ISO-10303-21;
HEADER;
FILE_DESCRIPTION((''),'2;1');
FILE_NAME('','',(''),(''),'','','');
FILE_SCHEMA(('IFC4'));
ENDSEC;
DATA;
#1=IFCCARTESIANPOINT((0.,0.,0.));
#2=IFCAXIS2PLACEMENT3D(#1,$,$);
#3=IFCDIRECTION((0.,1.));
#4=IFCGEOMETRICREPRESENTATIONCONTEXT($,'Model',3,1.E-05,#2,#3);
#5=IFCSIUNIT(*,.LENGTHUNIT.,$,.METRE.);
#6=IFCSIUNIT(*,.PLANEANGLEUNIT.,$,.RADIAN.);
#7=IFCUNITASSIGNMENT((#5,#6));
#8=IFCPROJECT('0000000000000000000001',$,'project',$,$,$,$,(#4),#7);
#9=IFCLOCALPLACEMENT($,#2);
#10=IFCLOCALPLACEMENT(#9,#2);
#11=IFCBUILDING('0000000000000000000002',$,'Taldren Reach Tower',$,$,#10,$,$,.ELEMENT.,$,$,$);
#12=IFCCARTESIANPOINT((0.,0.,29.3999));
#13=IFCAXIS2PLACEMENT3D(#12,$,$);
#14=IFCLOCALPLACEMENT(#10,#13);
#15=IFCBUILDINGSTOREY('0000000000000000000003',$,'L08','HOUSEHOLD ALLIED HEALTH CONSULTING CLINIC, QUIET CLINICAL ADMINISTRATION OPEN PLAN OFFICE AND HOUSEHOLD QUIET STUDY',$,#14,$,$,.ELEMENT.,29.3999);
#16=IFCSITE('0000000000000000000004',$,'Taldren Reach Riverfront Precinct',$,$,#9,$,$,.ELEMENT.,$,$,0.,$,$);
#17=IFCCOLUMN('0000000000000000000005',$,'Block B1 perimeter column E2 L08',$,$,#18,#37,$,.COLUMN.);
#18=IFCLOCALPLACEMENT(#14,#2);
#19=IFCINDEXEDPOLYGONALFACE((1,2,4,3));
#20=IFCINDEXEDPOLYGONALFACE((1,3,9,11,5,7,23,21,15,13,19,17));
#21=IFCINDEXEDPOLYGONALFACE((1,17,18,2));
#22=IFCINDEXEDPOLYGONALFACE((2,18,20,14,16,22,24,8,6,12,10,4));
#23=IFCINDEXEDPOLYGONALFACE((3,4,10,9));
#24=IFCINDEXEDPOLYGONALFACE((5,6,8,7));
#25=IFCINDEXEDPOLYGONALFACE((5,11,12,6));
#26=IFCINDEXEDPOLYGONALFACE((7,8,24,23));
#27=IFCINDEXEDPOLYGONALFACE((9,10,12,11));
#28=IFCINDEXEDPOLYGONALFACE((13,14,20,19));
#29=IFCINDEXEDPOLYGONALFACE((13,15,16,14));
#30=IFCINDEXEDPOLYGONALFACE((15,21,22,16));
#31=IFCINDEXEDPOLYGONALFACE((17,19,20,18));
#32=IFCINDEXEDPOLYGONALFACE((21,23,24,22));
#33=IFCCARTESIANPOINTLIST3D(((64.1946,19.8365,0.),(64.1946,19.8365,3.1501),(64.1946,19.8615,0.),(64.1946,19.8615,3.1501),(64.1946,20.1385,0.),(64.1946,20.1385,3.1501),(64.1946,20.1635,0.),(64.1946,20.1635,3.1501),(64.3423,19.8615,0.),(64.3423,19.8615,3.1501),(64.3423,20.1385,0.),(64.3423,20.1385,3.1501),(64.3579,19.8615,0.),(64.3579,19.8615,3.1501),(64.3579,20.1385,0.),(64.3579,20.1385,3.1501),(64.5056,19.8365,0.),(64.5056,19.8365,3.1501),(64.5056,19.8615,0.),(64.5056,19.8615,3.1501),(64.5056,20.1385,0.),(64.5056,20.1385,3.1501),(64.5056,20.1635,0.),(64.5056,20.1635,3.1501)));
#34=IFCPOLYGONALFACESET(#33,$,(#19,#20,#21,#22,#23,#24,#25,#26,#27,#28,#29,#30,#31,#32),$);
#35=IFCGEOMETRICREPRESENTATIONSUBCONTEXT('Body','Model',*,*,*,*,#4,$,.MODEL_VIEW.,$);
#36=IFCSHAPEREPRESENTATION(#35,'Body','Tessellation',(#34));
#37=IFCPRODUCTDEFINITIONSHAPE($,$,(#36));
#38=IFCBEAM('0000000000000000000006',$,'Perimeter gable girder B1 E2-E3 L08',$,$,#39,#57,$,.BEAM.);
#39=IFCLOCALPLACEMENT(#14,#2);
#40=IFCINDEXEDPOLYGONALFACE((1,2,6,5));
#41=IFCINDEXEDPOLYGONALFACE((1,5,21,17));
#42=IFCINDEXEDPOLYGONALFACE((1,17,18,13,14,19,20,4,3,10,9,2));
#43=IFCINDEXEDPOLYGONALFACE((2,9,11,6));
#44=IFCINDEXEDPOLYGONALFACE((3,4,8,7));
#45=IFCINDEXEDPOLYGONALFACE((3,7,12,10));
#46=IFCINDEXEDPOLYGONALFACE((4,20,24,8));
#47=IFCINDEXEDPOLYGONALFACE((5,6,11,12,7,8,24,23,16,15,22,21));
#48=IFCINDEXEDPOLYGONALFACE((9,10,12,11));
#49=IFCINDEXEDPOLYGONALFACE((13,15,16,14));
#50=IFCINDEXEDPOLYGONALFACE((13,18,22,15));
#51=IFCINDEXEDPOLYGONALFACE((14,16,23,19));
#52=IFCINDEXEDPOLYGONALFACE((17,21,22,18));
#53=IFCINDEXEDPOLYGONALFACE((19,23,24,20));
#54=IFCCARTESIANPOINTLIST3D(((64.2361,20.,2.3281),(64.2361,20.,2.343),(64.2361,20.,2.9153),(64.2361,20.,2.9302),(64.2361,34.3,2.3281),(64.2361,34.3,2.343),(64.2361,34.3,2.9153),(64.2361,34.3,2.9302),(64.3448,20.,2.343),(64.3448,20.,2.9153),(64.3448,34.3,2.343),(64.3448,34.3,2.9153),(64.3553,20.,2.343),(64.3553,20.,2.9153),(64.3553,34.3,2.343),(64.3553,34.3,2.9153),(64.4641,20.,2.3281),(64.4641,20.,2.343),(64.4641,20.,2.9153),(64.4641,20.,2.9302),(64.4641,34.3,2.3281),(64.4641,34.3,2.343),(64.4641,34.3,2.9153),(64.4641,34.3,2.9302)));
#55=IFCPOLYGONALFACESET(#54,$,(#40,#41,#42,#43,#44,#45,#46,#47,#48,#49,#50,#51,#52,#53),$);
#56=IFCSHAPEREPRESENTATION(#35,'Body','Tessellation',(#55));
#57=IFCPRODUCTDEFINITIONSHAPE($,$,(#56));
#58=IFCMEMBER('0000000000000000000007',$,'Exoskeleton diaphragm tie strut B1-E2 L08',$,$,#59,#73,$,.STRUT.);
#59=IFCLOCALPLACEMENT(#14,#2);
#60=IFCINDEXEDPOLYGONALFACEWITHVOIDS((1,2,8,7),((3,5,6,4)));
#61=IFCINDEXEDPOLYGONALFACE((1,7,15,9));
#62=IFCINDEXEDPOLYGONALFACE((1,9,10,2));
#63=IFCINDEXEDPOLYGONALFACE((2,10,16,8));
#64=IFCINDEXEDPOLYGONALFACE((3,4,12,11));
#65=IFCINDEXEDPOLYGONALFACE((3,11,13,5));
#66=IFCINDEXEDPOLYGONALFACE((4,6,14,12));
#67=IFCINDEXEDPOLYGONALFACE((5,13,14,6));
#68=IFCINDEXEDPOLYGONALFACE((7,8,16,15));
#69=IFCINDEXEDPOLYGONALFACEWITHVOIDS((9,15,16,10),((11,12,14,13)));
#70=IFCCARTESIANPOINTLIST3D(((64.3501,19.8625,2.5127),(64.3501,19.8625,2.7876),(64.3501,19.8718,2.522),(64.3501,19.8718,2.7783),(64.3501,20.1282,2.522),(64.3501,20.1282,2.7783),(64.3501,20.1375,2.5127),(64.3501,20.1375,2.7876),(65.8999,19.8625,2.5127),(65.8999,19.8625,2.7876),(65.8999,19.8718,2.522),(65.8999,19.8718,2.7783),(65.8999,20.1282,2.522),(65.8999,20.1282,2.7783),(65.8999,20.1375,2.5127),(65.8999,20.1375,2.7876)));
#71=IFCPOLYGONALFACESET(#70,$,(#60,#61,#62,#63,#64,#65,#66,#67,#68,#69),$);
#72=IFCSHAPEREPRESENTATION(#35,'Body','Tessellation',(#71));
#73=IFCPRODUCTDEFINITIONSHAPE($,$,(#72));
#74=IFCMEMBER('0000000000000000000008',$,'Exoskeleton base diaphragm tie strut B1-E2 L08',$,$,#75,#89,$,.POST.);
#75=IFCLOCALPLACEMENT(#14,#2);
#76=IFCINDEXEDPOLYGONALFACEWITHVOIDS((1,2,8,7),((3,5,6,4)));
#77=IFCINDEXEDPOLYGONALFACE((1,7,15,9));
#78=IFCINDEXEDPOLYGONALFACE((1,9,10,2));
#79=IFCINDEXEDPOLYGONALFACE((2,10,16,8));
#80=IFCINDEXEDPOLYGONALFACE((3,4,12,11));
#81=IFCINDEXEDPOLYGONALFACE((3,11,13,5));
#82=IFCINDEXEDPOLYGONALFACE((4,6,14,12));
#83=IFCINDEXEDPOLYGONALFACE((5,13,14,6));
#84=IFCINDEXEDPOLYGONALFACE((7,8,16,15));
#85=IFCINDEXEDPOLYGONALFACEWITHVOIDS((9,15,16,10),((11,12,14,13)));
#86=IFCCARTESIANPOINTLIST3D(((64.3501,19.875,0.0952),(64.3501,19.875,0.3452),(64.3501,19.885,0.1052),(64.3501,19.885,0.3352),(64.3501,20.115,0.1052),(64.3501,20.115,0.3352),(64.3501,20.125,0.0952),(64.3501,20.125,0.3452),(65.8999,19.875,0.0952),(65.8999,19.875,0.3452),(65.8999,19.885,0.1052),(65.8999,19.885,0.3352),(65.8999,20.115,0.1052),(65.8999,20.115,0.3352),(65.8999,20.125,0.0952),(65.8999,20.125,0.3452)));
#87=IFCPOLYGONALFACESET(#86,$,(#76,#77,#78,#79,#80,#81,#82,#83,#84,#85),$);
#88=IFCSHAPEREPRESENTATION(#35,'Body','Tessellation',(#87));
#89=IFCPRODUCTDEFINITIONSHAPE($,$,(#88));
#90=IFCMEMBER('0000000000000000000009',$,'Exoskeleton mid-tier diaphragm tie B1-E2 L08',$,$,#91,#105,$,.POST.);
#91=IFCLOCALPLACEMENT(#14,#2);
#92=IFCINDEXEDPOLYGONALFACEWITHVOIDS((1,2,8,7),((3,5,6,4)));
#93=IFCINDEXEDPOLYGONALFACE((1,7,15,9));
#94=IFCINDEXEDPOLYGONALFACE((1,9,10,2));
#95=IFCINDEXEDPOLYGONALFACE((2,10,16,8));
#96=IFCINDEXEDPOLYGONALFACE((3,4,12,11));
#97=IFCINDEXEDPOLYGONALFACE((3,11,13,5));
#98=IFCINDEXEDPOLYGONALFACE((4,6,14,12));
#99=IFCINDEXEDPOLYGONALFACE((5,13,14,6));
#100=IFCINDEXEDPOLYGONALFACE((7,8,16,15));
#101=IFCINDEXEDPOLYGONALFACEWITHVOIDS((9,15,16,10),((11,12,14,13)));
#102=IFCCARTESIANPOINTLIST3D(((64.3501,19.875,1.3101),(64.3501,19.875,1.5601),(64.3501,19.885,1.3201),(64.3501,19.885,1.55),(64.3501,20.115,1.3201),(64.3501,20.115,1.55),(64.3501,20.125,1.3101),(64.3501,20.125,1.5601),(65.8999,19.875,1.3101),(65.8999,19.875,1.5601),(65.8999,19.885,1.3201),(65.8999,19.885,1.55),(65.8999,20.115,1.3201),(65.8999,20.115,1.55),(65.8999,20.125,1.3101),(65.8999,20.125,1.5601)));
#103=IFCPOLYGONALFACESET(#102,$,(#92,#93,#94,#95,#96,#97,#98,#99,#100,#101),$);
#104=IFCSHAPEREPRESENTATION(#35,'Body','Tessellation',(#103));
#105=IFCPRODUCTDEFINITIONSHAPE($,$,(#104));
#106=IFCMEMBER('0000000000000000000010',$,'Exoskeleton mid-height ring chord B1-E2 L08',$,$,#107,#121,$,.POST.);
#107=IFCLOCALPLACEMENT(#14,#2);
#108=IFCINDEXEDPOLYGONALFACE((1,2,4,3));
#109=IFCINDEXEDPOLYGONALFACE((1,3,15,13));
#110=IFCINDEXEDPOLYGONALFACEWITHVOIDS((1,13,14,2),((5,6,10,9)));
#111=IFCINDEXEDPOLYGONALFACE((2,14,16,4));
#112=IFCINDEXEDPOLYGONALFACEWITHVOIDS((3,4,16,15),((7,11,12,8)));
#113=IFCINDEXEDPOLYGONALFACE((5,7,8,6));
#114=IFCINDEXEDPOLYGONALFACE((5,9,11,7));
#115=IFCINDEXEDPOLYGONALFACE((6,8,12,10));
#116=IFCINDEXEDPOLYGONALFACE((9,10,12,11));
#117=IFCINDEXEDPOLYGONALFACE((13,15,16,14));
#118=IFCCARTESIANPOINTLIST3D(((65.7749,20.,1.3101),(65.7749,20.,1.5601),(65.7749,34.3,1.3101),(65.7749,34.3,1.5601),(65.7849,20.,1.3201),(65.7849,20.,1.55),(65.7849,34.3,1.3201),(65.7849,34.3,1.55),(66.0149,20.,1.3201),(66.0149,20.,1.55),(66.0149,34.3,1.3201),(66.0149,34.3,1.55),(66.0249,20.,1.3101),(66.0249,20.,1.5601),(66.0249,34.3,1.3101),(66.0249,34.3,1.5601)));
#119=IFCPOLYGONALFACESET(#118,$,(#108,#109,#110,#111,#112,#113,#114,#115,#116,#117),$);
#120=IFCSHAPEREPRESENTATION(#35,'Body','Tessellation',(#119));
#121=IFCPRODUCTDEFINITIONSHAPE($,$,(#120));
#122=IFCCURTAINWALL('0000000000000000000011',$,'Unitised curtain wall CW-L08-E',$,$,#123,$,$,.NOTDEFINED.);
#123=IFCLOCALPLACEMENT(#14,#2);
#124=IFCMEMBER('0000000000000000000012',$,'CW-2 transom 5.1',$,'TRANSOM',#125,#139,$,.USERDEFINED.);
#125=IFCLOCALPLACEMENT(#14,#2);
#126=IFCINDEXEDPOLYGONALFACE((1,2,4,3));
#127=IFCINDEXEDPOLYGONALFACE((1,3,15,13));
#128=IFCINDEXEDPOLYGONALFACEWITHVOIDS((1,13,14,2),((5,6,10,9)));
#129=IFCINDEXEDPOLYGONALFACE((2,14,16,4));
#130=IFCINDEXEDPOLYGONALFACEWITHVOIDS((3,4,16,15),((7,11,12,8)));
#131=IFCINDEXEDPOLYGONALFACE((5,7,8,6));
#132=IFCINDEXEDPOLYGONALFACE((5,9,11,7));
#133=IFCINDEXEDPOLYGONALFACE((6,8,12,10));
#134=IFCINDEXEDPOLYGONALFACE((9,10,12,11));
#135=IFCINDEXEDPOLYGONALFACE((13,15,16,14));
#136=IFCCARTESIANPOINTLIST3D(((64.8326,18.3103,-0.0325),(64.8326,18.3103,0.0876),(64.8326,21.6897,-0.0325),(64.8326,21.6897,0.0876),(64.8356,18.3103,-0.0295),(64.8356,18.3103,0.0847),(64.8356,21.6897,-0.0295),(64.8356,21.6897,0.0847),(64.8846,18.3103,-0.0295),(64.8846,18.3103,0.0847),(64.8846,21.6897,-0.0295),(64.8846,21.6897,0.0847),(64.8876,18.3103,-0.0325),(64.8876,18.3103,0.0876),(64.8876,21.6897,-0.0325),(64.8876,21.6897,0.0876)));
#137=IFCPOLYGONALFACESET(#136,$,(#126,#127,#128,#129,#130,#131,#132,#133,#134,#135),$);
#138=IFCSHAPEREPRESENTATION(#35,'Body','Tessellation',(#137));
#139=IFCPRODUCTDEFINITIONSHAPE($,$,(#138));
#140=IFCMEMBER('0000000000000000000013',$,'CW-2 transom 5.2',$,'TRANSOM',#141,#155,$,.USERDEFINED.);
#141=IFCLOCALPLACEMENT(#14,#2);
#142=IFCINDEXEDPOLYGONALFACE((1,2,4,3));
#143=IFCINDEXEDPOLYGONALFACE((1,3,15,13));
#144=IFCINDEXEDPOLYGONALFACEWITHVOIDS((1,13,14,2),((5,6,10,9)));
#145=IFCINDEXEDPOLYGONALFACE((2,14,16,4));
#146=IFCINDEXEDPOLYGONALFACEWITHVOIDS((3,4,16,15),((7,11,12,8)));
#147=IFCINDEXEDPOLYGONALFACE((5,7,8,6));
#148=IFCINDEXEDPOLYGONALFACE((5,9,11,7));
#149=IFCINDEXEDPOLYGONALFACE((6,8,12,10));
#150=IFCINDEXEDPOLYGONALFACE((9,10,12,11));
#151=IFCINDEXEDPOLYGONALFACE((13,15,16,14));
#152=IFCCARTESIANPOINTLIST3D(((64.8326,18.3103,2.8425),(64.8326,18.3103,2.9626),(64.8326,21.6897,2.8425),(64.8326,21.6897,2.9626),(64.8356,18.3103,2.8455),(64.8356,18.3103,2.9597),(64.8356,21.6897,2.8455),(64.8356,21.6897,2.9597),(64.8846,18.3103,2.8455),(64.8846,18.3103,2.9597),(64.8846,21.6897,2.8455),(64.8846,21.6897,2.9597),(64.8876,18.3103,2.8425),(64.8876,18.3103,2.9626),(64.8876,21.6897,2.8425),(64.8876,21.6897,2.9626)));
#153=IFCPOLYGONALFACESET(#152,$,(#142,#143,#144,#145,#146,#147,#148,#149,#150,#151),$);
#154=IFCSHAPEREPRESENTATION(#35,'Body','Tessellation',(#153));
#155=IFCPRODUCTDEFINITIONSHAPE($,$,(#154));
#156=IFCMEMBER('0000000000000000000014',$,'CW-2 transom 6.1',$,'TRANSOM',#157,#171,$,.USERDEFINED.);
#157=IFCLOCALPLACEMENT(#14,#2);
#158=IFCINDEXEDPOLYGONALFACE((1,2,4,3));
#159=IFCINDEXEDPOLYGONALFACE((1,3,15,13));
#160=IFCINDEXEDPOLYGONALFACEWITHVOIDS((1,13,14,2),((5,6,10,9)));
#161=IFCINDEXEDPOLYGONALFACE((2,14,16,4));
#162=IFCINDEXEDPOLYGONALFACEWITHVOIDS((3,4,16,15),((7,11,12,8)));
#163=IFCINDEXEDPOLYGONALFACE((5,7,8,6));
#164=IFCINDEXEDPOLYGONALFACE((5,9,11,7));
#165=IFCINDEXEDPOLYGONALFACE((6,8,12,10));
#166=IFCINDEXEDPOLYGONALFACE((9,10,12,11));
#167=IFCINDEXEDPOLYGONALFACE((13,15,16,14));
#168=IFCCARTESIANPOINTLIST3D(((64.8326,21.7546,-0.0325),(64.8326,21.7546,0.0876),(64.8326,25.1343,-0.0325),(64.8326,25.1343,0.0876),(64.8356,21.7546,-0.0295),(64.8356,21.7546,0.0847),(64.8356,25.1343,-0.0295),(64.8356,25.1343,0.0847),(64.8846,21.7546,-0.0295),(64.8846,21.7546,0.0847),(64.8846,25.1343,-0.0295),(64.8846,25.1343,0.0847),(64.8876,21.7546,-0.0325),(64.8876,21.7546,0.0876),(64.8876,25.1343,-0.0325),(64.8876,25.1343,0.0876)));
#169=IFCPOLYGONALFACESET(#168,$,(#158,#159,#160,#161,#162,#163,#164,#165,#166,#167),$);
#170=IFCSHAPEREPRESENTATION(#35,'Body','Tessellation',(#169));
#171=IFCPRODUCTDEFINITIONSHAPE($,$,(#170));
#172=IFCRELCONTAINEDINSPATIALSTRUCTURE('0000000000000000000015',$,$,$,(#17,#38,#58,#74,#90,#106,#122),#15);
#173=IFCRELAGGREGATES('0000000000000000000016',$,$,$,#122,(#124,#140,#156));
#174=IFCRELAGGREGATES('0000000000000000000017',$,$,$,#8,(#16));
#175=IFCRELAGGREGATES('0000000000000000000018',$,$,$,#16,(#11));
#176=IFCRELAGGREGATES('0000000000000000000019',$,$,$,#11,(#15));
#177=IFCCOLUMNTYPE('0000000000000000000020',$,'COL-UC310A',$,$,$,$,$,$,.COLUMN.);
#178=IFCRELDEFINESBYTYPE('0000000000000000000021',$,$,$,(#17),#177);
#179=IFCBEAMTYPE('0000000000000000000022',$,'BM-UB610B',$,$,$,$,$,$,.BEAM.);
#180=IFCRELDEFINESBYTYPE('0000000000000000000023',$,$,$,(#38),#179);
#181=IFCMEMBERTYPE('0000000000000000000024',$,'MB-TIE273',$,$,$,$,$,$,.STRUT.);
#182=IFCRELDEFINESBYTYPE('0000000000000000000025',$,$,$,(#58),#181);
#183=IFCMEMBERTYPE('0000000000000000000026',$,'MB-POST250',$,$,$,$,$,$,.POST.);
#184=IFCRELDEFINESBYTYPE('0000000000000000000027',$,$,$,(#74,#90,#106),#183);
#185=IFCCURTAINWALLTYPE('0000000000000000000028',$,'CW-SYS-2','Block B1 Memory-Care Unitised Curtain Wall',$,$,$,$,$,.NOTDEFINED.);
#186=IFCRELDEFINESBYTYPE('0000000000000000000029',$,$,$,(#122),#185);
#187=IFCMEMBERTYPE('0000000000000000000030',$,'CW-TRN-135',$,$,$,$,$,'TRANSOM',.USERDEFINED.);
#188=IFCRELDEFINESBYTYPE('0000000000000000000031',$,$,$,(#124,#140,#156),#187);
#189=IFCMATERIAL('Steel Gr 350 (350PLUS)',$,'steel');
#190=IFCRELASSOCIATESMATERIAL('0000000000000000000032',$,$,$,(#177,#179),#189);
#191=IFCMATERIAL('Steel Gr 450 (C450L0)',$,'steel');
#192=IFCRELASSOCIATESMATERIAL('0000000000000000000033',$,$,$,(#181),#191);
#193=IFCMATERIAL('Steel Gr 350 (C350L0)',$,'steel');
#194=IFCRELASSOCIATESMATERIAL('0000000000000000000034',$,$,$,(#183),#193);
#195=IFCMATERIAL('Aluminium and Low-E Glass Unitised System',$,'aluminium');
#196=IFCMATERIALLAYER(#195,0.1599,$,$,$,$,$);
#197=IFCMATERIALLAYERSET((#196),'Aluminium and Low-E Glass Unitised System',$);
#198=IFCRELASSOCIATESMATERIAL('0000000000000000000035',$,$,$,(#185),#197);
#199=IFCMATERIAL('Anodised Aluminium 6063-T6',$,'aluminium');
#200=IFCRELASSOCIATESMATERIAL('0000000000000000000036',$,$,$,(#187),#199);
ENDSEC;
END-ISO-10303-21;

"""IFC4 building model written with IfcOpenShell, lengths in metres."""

from ifc_helpers import new_model, si_unit, direction, frame, origin, origin_2d, place, context, subcontext, project, spatial, hollow_rectangle, i_section, extrude, source, transform, mapped, material, layer, layer_set, material_profile, profile_set, type_object, element, aggregate, save


model = new_model("IFC4")

# Units and contexts
model_context = context("Model", 3, precision=1e-05, world=origin(), true_north=direction((0.0, 1.0)))
body_context = subcontext(model_context, "Body", "Model", "MODEL_VIEW")
ifc_project = project(units=[si_unit("LENGTHUNIT", "METRE"), si_unit("PLANEANGLEUNIT", "RADIAN")], contexts=[model_context])

# Site, building, storey
site_placement = place(None, origin())
site = spatial("IfcSite", under=ifc_project, at=site_placement, Name="Taldren Reach Riverfront Precinct", CompositionType="ELEMENT", RefElevation=0.0)
building_placement = place(site_placement, origin())
building = spatial("IfcBuilding", under=site, at=building_placement, Name="Taldren Reach Tower", CompositionType="ELEMENT")
storey_placement = place(building_placement, frame((0.0, 0.0, 29.3999)))
storey = spatial("IfcBuildingStorey", under=building, at=storey_placement, Name="L08", Description="HOUSEHOLD ALLIED HEALTH CONSULTING CLINIC, QUIET CLINICAL ADMINISTRATION OPEN PLAN OFFICE AND HOUSEHOLD QUIET STUDY", CompositionType="ELEMENT", Elevation=29.3999)

# Column
ifc_material_1 = material(Name="Steel Gr 350 (350PLUS)", Category="steel")
ifc_material_profile_1 = material_profile(ifc_material_1, i_section(OverallWidth=0.311, OverallDepth=0.3269, WebThickness=0.0156, FlangeThickness=0.0249, at=origin_2d()), Name="310UC158")
ifc_profile_set_1 = profile_set([ifc_material_profile_1], Name="Steel Gr 350 (350PLUS)")
column_type = type_object("IfcColumnType", Name="COL-UC310A", PredefinedType="COLUMN", material=ifc_profile_set_1)
shared_shape_1 = source(origin(), body_context, "Body", "SweptSolid", [
    extrude(i_section(OverallWidth=0.311, OverallDepth=0.3269, WebThickness=0.0156, FlangeThickness=0.0249, at=origin_2d()), origin(), (0.0, 0.0, 1.0), 3.1501),
])
column_placement = place(storey_placement, frame((64.3501, 20.0, 0.0), z_axis=(0.0, 0.0, 1.0), x_axis=(1.0, 0.0, 0.0)))
element("IfcColumn", 1, at=column_placement, inside=storey, type_object=column_type, Name="Block B1 perimeter column E2 L08", PredefinedType="COLUMN", context=body_context, shape_type="MappedRepresentation", body=[
    mapped(shared_shape_1, transform((0.0, 0.0, 0.0), scale=1.0)),
])

# Beam
ifc_material_profile_2 = material_profile(ifc_material_1, i_section(OverallWidth=0.228, OverallDepth=0.6021, WebThickness=0.0105, FlangeThickness=0.0149, at=origin_2d()), Name="610UB101")
ifc_profile_set_2 = profile_set([ifc_material_profile_2], Name="Steel Gr 350 (350PLUS)")
beam_type = type_object("IfcBeamType", Name="BM-UB610B", PredefinedType="BEAM", material=ifc_profile_set_2)
shared_shape_2 = source(origin(), body_context, "Body", "SweptSolid", [
    extrude(i_section(OverallWidth=0.228, OverallDepth=0.6021, WebThickness=0.0105, FlangeThickness=0.0149, at=origin_2d()), origin(), (0.0, 0.0, 1.0), 14.3),
])
beam_placement = place(storey_placement, frame((64.3501, 20.0, 2.6292), z_axis=(0.0, 1.0, 0.0), x_axis=(-1.0, 0.0, 0.0)))
element("IfcBeam", 2, at=beam_placement, inside=storey, type_object=beam_type, Name="Perimeter gable girder B1 E2-E3 L08", PredefinedType="BEAM", context=body_context, shape_type="MappedRepresentation", body=[
    mapped(shared_shape_2, transform((0.0, 0.0, 0.0), scale=1.0)),
])

# Members
ifc_material_2 = material(Name="Steel Gr 450 (C450L0)", Category="steel")
ifc_material_profile_3 = material_profile(ifc_material_2, hollow_rectangle(XDim=0.2749, YDim=0.2749, WallThickness=0.0093, at=origin_2d()), Name="275x275x9.3SHS")
ifc_profile_set_3 = profile_set([ifc_material_profile_3], Name="Steel Gr 450 (C450L0)")
member_type_1 = type_object("IfcMemberType", Name="MB-TIE273", PredefinedType="STRUT", material=ifc_profile_set_3)
shared_shape_3 = source(origin(), body_context, "Body", "SweptSolid", [
    extrude(hollow_rectangle(XDim=0.2749, YDim=0.2749, WallThickness=0.0093, at=origin_2d()), origin(), (0.0, 0.0, 1.0), 1.5498),
])
member_1_placement = place(storey_placement, frame((64.3501, 20.0, 2.6501), z_axis=(1.0, 0.0, 0.0), x_axis=(0.0, 1.0, 0.0)))
element("IfcMember", 3, at=member_1_placement, inside=storey, type_object=member_type_1, Name="Exoskeleton diaphragm tie strut B1-E2 L08", PredefinedType="STRUT", context=body_context, shape_type="MappedRepresentation", body=[
    mapped(shared_shape_3, transform((0.0, 0.0, 0.0), scale=1.0)),
])
ifc_material_3 = material(Name="Steel Gr 350 (C350L0)", Category="steel")
ifc_material_profile_4 = material_profile(ifc_material_3, hollow_rectangle(XDim=0.25, YDim=0.25, WallThickness=0.01, at=origin_2d()), Name="250x250x10.0SHS")
ifc_profile_set_4 = profile_set([ifc_material_profile_4], Name="Steel Gr 350 (C350L0)")
member_type_2 = type_object("IfcMemberType", Name="MB-POST250", PredefinedType="POST", material=ifc_profile_set_4)
shared_shape_4 = source(origin(), body_context, "Body", "SweptSolid", [
    extrude(hollow_rectangle(XDim=0.25, YDim=0.25, WallThickness=0.01, at=origin_2d()), origin(), (0.0, 0.0, 1.0), 1.5498),
])
for number, where, z_axis, x_axis, name in (
    (4, (64.3501, 20.0, 0.2202), (1.0, 0.0, 0.0), (0.0, 1.0, 0.0), "Exoskeleton base diaphragm tie strut B1-E2 L08"),
    (5, (64.3501, 20.0, 1.4351), (1.0, 0.0, 0.0), (0.0, 1.0, 0.0), "Exoskeleton mid-tier diaphragm tie B1-E2 L08"),
):
    element("IfcMember", number, at=place(storey_placement, frame(where, z_axis=z_axis, x_axis=x_axis)), inside=storey, type_object=member_type_2, Name=name, PredefinedType="POST", context=body_context, shape_type="MappedRepresentation", body=[
        mapped(shared_shape_4, transform((0.0, 0.0, 0.0), scale=1.0)),
    ])
shared_shape_5 = source(origin(), body_context, "Body", "SweptSolid", [
    extrude(hollow_rectangle(XDim=0.25, YDim=0.25, WallThickness=0.01, at=origin_2d()), origin(), (0.0, 0.0, 1.0), 14.3),
])
member_2_placement = place(storey_placement, frame((65.8999, 20.0, 1.4351), z_axis=(0.0, 1.0, 0.0), x_axis=(-1.0, 0.0, 0.0)))
element("IfcMember", 6, at=member_2_placement, inside=storey, type_object=member_type_2, Name="Exoskeleton mid-height ring chord B1-E2 L08", PredefinedType="POST", context=body_context, shape_type="MappedRepresentation", body=[
    mapped(shared_shape_5, transform((0.0, 0.0, 0.0), scale=1.0)),
])

# Curtain wall, members
ifc_material_4 = material(Name="Aluminium and Low-E Glass Unitised System", Category="aluminium")
ifc_layer_1 = layer(ifc_material_4, 0.1599)
ifc_layer_set_1 = layer_set([ifc_layer_1], Name="Aluminium and Low-E Glass Unitised System")
curtain_wall_type = type_object("IfcCurtainWallType", Name="CW-SYS-2", Description="Block B1 Memory-Care Unitised Curtain Wall", PredefinedType="NOTDEFINED", material=ifc_layer_set_1)
curtain_wall_placement = place(storey_placement, origin())
curtain_wall = element("IfcCurtainWall", 7, at=curtain_wall_placement, inside=storey, type_object=curtain_wall_type, Name="Unitised curtain wall CW-L08-E", PredefinedType="NOTDEFINED")
ifc_material_5 = material(Name="Anodised Aluminium 6063-T6", Category="aluminium")
ifc_material_profile_5 = material_profile(ifc_material_5, hollow_rectangle(XDim=0.0549, YDim=0.1201, WallThickness=0.0029, at=origin_2d()), Name="ALU-120x55x3RHS")
ifc_profile_set_5 = profile_set([ifc_material_profile_5], Name="Anodised Aluminium 6063-T6")
member_type_3 = type_object("IfcMemberType", Name="CW-TRN-135", ElementType="TRANSOM", PredefinedType="USERDEFINED", material=ifc_profile_set_5)
shared_shape_6 = source(origin(), body_context, "Body", "SweptSolid", [
    extrude(hollow_rectangle(XDim=0.0549, YDim=0.1201, WallThickness=0.0029, at=origin_2d()), origin(), (0.0, 0.0, 1.0), 3.3794),
])
member_3_placement = place(storey_placement, frame((64.8601, 18.3103, 0.0276), z_axis=(0.0, 1.0, 0.0), x_axis=(-1.0, 0.0, 0.0)))
member_3 = element("IfcMember", 8, at=member_3_placement, type_object=member_type_3, Name="CW-2 transom 5.1", ObjectType="TRANSOM", PredefinedType="USERDEFINED", context=body_context, shape_type="MappedRepresentation", body=[
    mapped(shared_shape_6, transform((0.0, 0.0, 0.0), scale=1.0)),
])
member_4_placement = place(storey_placement, frame((64.8601, 18.3103, 2.9026), z_axis=(0.0, 1.0, 0.0), x_axis=(-1.0, 0.0, 0.0)))
member_4 = element("IfcMember", 9, at=member_4_placement, type_object=member_type_3, Name="CW-2 transom 5.2", ObjectType="TRANSOM", PredefinedType="USERDEFINED", context=body_context, shape_type="MappedRepresentation", body=[
    mapped(shared_shape_6, transform((0.0, 0.0, 0.0), scale=1.0)),
])
shared_shape_7 = source(origin(), body_context, "Body", "SweptSolid", [
    extrude(hollow_rectangle(XDim=0.0549, YDim=0.1201, WallThickness=0.0029, at=origin_2d()), origin(), (0.0, 0.0, 1.0), 3.3796),
])
member_5_placement = place(storey_placement, frame((64.8601, 21.7546, 0.0276), z_axis=(0.0, 1.0, 0.0), x_axis=(-1.0, 0.0, 0.0)))
member_5 = element("IfcMember", 10, at=member_5_placement, type_object=member_type_3, Name="CW-2 transom 6.1", ObjectType="TRANSOM", PredefinedType="USERDEFINED", context=body_context, shape_type="MappedRepresentation", body=[
    mapped(shared_shape_7, transform((0.0, 0.0, 0.0), scale=1.0)),
])

aggregate(curtain_wall, [member_3, member_4, member_5])

save(model, "model.ifc")
